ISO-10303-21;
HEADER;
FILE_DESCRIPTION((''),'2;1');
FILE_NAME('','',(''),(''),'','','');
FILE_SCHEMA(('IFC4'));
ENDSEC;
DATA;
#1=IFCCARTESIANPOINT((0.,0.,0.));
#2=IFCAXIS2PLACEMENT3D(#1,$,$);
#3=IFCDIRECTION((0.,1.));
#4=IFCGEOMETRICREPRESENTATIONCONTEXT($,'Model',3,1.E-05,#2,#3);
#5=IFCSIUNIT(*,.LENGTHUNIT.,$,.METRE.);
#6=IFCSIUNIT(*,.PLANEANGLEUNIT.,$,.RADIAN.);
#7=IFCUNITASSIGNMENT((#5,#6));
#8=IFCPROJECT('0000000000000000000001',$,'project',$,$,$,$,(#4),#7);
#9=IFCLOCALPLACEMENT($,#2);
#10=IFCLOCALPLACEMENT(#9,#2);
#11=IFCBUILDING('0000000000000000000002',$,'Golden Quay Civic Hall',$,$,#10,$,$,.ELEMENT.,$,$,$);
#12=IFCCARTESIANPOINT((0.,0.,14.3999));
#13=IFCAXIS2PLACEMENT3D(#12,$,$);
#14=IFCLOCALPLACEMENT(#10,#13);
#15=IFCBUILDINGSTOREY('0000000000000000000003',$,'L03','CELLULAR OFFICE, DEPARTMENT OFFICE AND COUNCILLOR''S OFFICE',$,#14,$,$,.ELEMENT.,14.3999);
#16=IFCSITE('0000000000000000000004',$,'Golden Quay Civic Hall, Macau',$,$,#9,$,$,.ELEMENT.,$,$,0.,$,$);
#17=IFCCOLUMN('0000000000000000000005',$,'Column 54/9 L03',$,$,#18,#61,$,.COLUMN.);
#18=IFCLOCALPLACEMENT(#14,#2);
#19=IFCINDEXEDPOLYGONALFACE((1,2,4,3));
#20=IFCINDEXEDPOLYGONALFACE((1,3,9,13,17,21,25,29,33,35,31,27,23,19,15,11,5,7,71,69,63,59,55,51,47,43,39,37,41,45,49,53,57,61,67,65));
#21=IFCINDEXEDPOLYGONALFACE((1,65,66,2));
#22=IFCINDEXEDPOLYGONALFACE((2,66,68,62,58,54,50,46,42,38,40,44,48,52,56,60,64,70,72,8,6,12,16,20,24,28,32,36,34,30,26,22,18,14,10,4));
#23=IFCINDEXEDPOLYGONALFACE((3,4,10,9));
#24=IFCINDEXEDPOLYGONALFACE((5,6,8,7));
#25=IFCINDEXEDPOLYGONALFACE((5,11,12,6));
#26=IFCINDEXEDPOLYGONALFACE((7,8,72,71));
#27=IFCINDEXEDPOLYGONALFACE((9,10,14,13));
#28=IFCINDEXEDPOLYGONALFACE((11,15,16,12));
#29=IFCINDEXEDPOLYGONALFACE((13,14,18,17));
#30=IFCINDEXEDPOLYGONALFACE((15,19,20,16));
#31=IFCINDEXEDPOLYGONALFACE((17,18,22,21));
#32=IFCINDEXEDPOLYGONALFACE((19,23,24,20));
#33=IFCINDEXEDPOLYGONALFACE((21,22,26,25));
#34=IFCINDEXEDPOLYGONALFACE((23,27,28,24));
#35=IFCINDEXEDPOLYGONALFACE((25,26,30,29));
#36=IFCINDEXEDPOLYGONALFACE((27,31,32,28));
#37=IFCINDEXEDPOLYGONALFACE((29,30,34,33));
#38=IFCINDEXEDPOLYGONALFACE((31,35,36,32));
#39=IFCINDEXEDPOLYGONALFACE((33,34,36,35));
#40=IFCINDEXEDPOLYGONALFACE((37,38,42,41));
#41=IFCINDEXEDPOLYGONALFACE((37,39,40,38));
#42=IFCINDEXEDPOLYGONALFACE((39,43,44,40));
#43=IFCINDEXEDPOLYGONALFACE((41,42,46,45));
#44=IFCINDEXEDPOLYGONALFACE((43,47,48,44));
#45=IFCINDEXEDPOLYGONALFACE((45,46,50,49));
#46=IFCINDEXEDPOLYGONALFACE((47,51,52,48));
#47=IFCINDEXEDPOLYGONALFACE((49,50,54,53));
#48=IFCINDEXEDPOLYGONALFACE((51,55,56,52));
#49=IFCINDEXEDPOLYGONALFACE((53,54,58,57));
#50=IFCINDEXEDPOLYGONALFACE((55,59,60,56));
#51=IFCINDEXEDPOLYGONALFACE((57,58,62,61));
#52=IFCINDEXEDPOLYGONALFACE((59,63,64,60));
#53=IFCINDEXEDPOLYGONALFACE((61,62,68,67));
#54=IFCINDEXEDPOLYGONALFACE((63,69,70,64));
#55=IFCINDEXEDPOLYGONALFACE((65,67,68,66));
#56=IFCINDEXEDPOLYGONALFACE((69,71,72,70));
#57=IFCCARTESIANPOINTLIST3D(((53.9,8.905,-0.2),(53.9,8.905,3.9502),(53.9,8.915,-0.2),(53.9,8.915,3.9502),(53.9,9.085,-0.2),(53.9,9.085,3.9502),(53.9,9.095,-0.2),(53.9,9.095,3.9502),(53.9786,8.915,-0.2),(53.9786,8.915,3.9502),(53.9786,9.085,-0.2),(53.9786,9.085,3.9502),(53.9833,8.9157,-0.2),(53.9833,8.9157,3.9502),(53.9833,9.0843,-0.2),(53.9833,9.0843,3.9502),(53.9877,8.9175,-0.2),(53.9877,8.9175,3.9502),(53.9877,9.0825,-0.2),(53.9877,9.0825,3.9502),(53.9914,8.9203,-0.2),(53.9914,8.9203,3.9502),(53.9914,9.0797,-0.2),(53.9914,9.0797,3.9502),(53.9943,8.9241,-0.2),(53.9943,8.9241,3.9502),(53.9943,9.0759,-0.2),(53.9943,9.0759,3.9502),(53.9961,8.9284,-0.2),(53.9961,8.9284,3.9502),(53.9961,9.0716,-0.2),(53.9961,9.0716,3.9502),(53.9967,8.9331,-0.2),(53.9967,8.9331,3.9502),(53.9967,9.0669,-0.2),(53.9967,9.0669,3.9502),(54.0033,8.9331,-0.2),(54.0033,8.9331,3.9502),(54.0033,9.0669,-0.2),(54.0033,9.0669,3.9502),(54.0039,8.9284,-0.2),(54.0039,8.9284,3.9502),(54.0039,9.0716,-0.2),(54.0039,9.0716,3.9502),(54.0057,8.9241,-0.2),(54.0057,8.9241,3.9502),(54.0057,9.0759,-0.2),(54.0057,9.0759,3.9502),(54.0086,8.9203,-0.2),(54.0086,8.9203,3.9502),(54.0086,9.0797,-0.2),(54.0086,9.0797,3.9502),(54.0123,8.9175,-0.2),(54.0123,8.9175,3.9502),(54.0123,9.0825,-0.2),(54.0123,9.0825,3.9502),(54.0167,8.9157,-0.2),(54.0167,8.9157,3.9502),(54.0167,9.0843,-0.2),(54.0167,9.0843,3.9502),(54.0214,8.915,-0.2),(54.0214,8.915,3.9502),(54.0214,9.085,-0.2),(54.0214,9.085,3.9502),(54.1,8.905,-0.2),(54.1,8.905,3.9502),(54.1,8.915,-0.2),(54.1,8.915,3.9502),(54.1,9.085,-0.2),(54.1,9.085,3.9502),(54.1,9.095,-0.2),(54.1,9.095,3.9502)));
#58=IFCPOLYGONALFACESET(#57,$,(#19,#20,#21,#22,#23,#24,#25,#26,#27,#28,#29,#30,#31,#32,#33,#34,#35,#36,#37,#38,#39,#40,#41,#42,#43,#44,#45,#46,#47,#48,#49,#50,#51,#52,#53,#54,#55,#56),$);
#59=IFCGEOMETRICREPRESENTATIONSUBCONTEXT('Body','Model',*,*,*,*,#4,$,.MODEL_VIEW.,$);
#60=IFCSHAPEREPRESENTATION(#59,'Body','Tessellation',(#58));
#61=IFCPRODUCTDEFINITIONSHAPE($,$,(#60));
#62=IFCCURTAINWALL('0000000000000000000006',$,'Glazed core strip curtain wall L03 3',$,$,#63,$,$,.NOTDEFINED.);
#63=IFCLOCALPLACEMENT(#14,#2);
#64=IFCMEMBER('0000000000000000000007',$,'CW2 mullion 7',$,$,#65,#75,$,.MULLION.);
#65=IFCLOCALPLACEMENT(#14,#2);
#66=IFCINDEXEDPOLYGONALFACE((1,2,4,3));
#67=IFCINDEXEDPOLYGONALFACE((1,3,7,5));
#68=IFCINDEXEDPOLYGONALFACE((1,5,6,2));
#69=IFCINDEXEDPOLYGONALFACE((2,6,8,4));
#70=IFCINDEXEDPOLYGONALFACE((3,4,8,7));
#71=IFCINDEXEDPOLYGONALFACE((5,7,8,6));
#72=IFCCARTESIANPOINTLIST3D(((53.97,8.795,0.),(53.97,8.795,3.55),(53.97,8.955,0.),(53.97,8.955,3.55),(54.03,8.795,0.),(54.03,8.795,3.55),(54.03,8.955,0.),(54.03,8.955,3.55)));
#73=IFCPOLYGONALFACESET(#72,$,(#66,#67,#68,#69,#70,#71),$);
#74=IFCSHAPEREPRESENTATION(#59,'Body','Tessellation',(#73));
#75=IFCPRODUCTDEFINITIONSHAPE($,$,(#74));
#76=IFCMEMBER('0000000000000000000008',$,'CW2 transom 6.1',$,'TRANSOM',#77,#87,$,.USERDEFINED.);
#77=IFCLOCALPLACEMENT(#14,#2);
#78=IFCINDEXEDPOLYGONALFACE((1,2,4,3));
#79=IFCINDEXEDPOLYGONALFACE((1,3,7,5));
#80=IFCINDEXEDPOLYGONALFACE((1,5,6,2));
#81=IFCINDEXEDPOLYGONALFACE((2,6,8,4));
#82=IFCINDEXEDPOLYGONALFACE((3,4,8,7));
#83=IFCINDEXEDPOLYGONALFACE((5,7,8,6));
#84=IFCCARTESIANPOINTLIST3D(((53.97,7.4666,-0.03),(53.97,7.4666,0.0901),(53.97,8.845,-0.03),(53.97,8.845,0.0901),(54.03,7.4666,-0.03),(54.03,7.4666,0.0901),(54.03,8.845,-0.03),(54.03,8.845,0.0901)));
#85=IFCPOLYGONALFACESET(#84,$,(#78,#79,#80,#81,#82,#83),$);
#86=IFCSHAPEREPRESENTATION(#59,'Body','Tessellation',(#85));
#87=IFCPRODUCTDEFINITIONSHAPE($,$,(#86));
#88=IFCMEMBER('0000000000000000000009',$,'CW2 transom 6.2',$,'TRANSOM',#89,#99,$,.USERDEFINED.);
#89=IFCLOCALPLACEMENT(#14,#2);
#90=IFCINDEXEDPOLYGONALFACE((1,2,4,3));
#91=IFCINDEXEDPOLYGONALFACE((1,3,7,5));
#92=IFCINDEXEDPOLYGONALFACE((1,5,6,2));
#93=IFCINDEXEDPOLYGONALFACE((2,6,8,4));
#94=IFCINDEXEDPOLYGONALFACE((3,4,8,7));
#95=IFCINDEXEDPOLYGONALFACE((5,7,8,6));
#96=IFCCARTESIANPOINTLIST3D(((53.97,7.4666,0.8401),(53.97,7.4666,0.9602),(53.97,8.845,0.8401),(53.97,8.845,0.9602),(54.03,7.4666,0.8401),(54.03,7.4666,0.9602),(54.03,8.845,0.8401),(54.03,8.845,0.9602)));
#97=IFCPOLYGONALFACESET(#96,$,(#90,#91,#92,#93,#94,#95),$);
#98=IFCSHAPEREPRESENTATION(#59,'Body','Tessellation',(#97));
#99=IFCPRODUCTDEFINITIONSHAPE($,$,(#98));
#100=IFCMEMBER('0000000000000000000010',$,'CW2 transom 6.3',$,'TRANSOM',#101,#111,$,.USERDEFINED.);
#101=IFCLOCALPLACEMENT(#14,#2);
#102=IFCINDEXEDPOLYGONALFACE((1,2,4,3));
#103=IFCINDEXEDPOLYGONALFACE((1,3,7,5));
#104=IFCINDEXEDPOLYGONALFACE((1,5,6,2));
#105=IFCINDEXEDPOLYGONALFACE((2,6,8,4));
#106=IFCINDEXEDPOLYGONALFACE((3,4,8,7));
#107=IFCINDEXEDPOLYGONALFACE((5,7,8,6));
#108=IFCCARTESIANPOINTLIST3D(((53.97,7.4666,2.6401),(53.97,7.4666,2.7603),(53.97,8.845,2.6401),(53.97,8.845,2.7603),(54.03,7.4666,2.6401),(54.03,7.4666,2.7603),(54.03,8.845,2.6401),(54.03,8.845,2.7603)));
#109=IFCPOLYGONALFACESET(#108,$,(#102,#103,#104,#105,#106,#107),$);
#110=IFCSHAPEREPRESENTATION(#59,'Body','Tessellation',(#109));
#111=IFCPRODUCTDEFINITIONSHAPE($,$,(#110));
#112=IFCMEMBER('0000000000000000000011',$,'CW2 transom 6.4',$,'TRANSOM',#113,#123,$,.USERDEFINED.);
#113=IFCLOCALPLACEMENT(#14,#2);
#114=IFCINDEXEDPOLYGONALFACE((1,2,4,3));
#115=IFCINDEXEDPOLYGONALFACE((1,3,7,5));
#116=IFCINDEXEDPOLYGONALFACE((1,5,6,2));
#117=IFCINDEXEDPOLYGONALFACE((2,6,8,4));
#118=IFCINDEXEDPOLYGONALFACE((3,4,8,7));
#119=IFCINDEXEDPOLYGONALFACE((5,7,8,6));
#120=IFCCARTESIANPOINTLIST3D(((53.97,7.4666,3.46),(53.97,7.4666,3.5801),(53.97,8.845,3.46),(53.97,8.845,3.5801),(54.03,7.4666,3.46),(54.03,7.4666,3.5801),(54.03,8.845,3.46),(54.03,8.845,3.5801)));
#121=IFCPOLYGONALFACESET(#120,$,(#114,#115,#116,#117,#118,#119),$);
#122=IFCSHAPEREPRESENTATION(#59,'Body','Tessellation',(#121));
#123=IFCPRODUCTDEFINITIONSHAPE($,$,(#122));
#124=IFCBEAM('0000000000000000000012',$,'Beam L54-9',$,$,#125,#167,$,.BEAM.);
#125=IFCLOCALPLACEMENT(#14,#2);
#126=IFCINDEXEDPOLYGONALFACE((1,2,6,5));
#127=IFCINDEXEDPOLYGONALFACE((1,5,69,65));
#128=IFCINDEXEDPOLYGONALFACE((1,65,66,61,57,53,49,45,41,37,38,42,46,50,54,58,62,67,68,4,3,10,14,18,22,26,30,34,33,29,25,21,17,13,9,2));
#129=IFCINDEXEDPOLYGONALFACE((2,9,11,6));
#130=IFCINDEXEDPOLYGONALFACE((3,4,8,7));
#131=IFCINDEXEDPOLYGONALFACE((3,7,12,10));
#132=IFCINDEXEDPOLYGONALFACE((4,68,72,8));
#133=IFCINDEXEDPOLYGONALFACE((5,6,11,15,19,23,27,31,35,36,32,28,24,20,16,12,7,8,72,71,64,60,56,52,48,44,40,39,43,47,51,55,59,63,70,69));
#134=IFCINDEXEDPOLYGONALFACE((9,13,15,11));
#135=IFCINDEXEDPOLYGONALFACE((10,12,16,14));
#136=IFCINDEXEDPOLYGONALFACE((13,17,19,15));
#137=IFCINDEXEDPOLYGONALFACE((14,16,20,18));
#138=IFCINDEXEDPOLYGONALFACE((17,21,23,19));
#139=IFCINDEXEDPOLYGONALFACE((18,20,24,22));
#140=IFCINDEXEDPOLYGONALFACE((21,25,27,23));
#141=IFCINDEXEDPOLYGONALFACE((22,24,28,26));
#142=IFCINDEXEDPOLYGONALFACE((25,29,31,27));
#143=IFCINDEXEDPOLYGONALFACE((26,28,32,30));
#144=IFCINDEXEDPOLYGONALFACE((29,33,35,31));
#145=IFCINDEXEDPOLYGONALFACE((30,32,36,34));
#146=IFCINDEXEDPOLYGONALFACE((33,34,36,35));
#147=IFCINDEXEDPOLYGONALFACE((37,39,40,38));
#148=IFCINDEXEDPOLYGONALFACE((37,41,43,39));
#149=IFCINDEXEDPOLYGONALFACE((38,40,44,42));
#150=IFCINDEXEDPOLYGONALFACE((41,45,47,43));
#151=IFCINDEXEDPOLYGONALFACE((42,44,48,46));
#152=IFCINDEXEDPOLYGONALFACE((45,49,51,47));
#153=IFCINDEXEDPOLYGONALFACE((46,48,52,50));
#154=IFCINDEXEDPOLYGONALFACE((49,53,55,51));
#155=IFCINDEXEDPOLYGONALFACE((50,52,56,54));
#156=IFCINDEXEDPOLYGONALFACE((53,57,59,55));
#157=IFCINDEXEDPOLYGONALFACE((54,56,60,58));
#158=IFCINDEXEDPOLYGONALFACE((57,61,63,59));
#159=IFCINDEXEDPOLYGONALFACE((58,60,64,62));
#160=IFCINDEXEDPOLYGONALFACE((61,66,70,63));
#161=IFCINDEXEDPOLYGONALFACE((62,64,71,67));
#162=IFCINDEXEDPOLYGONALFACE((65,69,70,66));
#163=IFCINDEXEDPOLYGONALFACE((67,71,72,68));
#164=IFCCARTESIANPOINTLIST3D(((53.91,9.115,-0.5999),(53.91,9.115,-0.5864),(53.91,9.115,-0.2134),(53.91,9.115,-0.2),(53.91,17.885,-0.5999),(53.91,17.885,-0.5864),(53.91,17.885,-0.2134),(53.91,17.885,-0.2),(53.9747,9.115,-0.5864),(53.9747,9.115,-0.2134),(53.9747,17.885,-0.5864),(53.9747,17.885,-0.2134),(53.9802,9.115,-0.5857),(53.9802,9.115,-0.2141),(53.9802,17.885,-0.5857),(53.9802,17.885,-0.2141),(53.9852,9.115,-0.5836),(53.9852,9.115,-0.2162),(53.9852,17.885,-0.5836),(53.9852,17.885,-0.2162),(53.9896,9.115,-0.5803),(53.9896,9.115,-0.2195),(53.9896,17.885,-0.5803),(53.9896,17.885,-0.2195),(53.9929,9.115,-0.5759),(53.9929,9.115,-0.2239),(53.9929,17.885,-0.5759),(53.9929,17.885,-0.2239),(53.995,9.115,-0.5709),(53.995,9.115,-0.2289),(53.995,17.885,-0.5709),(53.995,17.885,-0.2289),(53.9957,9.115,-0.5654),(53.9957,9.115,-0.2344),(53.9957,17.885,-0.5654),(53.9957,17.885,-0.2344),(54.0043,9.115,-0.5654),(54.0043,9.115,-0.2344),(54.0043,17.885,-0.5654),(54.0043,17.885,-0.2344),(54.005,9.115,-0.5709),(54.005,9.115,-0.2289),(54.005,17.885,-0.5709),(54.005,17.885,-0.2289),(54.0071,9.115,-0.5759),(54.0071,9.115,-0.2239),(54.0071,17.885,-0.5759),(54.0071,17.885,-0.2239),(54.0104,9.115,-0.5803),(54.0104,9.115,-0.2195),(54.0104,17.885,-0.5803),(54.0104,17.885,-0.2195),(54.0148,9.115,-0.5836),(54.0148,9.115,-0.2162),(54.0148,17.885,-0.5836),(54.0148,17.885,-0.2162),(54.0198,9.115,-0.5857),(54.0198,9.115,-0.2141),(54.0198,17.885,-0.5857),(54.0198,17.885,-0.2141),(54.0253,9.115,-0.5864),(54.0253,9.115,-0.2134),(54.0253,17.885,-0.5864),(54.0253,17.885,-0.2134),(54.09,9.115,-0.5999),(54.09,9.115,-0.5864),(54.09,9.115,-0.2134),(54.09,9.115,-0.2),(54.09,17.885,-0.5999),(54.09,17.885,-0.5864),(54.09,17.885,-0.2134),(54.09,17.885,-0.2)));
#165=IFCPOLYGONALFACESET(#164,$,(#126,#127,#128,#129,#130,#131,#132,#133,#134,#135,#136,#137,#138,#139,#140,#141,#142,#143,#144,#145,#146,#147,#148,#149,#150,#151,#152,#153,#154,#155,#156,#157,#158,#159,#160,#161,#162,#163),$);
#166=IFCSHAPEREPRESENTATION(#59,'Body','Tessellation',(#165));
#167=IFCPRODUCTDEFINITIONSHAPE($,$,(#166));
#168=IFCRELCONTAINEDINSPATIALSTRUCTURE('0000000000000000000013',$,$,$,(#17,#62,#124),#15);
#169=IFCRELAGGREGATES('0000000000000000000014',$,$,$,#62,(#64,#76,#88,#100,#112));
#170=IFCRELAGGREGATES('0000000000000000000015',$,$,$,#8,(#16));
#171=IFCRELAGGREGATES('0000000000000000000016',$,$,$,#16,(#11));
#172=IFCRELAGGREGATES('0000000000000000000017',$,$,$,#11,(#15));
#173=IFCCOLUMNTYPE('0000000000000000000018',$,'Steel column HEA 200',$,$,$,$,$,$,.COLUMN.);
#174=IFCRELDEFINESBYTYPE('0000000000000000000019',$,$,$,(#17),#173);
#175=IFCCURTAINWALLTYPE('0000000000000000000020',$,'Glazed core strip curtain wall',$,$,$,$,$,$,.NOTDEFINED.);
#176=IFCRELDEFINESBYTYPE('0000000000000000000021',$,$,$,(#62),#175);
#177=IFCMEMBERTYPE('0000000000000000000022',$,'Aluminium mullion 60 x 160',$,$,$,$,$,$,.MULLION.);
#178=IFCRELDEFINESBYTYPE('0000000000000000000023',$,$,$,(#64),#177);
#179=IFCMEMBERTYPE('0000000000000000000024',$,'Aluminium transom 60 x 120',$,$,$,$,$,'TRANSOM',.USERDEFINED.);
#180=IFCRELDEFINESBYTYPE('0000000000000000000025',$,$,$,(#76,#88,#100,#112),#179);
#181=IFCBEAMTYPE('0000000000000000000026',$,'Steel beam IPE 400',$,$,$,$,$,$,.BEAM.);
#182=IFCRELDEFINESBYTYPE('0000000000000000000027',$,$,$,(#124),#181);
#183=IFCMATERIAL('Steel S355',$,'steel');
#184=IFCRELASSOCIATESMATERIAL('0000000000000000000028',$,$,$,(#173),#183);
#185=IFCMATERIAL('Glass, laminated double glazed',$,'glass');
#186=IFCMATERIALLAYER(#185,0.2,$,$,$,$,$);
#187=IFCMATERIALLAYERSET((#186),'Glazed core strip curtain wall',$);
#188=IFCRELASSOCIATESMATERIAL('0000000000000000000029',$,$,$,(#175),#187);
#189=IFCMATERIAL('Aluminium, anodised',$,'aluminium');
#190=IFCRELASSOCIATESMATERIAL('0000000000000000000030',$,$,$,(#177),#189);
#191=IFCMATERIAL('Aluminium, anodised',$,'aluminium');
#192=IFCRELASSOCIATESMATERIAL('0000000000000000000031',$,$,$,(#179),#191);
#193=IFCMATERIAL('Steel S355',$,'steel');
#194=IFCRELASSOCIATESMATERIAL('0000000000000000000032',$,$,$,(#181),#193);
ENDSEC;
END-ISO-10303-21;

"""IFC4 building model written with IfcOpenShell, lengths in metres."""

from ifc_helpers import new_model, si_unit, direction, frame, origin, origin_2d, place, context, subcontext, project, spatial, rectangle, i_section, extrude, material, layer, layer_set, material_profile, profile_set, type_object, element, aggregate, save


model = new_model("IFC4")

# Units and contexts
model_context = context("Model", 3, precision=1e-05, world=origin(), true_north=direction((0.0, 1.0)))
body_context = subcontext(model_context, "Body", "Model", "MODEL_VIEW")
ifc_project = project(units=[si_unit("LENGTHUNIT", "METRE"), si_unit("PLANEANGLEUNIT", "RADIAN")], contexts=[model_context])

# Site, building, storey
site_placement = place(None, origin())
site = spatial("IfcSite", under=ifc_project, at=site_placement, Name="Golden Quay Civic Hall, Macau", CompositionType="ELEMENT", RefElevation=0.0)
building_placement = place(site_placement, origin())
building = spatial("IfcBuilding", under=site, at=building_placement, Name="Golden Quay Civic Hall", CompositionType="ELEMENT")
storey_placement = place(building_placement, frame((0.0, 0.0, 14.3999)))
storey = spatial("IfcBuildingStorey", under=building, at=storey_placement, Name="L03", Description="CELLULAR OFFICE, DEPARTMENT OFFICE AND COUNCILLOR'S OFFICE", CompositionType="ELEMENT", Elevation=14.3999)

# Column
ifc_material_1 = material(Name="Steel S355", Category="steel")
ifc_material_profile_1 = material_profile(ifc_material_1, i_section(OverallWidth=0.2, OverallDepth=0.1899, WebThickness=0.0066, FlangeThickness=0.01, FilletRadius=0.0181, at=origin_2d()), Name="HEA 200")
ifc_profile_set_1 = profile_set([ifc_material_profile_1], Name="Steel S355")
column_type = type_object("IfcColumnType", Name="Steel column HEA 200", PredefinedType="COLUMN", material=ifc_profile_set_1)
column_placement = place(storey_placement, frame((54.0, 9.0, -0.2), z_axis=(0.0, 0.0, 1.0), x_axis=(1.0, 0.0, 0.0)))
element("IfcColumn", 1, at=column_placement, inside=storey, type_object=column_type, Name="Column 54/9 L03", PredefinedType="COLUMN", context=body_context, shape_type="SweptSolid", body=[
    extrude(i_section(OverallWidth=0.2, OverallDepth=0.1899, WebThickness=0.0066, FlangeThickness=0.01, FilletRadius=0.0181, at=origin_2d()), origin(), (0.0, 0.0, 1.0), 4.1501),
])

# Curtain wall, members
ifc_material_2 = material(Name="Glass, laminated double glazed", Category="glass")
ifc_layer_1 = layer(ifc_material_2, 0.2)
ifc_layer_set_1 = layer_set([ifc_layer_1], Name="Glazed core strip curtain wall")
curtain_wall_type = type_object("IfcCurtainWallType", Name="Glazed core strip curtain wall", PredefinedType="NOTDEFINED", material=ifc_layer_set_1)
curtain_wall_placement = place(storey_placement, origin())
curtain_wall = element("IfcCurtainWall", 2, at=curtain_wall_placement, inside=storey, type_object=curtain_wall_type, Name="Glazed core strip curtain wall L03 3", PredefinedType="NOTDEFINED")
ifc_material_3 = material(Name="Aluminium, anodised", Category="aluminium")
ifc_material_profile_2 = material_profile(ifc_material_3, rectangle(XDim=0.0601, YDim=0.1599, at=origin_2d()), Name="Aluminium 60 x 160")
ifc_profile_set_2 = profile_set([ifc_material_profile_2], Name="Aluminium, anodised")
member_type_1 = type_object("IfcMemberType", Name="Aluminium mullion 60 x 160", PredefinedType="MULLION", material=ifc_profile_set_2)
member_1_placement = place(storey_placement, frame((54.0, 8.875, 0.0), z_axis=(0.0, 0.0, 1.0), x_axis=(-1.0, 0.0, 0.0)))
member_1 = element("IfcMember", 3, at=member_1_placement, type_object=member_type_1, Name="CW2 mullion 7", PredefinedType="MULLION", context=body_context, shape_type="SweptSolid", body=[
    extrude(rectangle(XDim=0.0601, YDim=0.1599, at=origin_2d()), origin(), (0.0, 0.0, 1.0), 3.55),
])
ifc_material_4 = material(Name="Aluminium, anodised", Category="aluminium")
ifc_material_profile_3 = material_profile(ifc_material_4, rectangle(XDim=0.0601, YDim=0.1201, at=origin_2d()), Name="Aluminium 60 x 120")
ifc_profile_set_3 = profile_set([ifc_material_profile_3], Name="Aluminium, anodised")
member_type_2 = type_object("IfcMemberType", Name="Aluminium transom 60 x 120", ElementType="TRANSOM", PredefinedType="USERDEFINED", material=ifc_profile_set_3)
member_2_placement = place(storey_placement, frame((54.0, 7.4666, 0.03), z_axis=(0.0, 1.0, 0.0), x_axis=(-1.0, 0.0, 0.0)))
member_2 = element("IfcMember", 4, at=member_2_placement, type_object=member_type_2, Name="CW2 transom 6.1", ObjectType="TRANSOM", PredefinedType="USERDEFINED", context=body_context, shape_type="SweptSolid", body=[
    extrude(rectangle(XDim=0.0601, YDim=0.1201, at=origin_2d()), origin(), (0.0, 0.0, 1.0), 1.3784),
])
member_3_placement = place(storey_placement, frame((54.0, 7.4666, 0.9001), z_axis=(0.0, 1.0, 0.0), x_axis=(-1.0, 0.0, 0.0)))
member_3 = element("IfcMember", 5, at=member_3_placement, type_object=member_type_2, Name="CW2 transom 6.2", ObjectType="TRANSOM", PredefinedType="USERDEFINED", context=body_context, shape_type="SweptSolid", body=[
    extrude(rectangle(XDim=0.0601, YDim=0.1201, at=origin_2d()), origin(), (0.0, 0.0, 1.0), 1.3784),
])
member_4_placement = place(storey_placement, frame((54.0, 7.4666, 2.7002), z_axis=(0.0, 1.0, 0.0), x_axis=(-1.0, 0.0, 0.0)))
member_4 = element("IfcMember", 6, at=member_4_placement, type_object=member_type_2, Name="CW2 transom 6.3", ObjectType="TRANSOM", PredefinedType="USERDEFINED", context=body_context, shape_type="SweptSolid", body=[
    extrude(rectangle(XDim=0.0601, YDim=0.1201, at=origin_2d()), origin(), (0.0, 0.0, 1.0), 1.3784),
])
member_5_placement = place(storey_placement, frame((54.0, 7.4666, 3.52), z_axis=(0.0, 1.0, 0.0), x_axis=(-1.0, 0.0, 0.0)))
member_5 = element("IfcMember", 7, at=member_5_placement, type_object=member_type_2, Name="CW2 transom 6.4", ObjectType="TRANSOM", PredefinedType="USERDEFINED", context=body_context, shape_type="SweptSolid", body=[
    extrude(rectangle(XDim=0.0601, YDim=0.1201, at=origin_2d()), origin(), (0.0, 0.0, 1.0), 1.3784),
])

# Beam
ifc_material_5 = material(Name="Steel S355", Category="steel")
ifc_material_profile_4 = material_profile(ifc_material_5, i_section(OverallWidth=0.1799, OverallDepth=0.3999, WebThickness=0.0085, FlangeThickness=0.0134, FilletRadius=0.021, at=origin_2d()), Name="IPE 400")
ifc_profile_set_4 = profile_set([ifc_material_profile_4], Name="Steel S355")
beam_type_1 = type_object("IfcBeamType", Name="Steel beam IPE 400", PredefinedType="BEAM", material=ifc_profile_set_4)
beam_1_placement = place(storey_placement, frame((54.0, 9.115, -0.3999), z_axis=(0.0, 1.0, 0.0), x_axis=(-1.0, 0.0, 0.0)))
element("IfcBeam", 8, at=beam_1_placement, inside=storey, type_object=beam_type_1, Name="Beam L54-9", PredefinedType="BEAM", context=body_context, shape_type="SweptSolid", body=[
    extrude(i_section(OverallWidth=0.1799, OverallDepth=0.3999, WebThickness=0.0085, FlangeThickness=0.0134, FilletRadius=0.021, at=origin_2d()), origin(), (0.0, 0.0, 1.0), 8.77),
])

aggregate(curtain_wall, [member_1, member_2, member_3, member_4, member_5])

save(model, "model.ifc")
